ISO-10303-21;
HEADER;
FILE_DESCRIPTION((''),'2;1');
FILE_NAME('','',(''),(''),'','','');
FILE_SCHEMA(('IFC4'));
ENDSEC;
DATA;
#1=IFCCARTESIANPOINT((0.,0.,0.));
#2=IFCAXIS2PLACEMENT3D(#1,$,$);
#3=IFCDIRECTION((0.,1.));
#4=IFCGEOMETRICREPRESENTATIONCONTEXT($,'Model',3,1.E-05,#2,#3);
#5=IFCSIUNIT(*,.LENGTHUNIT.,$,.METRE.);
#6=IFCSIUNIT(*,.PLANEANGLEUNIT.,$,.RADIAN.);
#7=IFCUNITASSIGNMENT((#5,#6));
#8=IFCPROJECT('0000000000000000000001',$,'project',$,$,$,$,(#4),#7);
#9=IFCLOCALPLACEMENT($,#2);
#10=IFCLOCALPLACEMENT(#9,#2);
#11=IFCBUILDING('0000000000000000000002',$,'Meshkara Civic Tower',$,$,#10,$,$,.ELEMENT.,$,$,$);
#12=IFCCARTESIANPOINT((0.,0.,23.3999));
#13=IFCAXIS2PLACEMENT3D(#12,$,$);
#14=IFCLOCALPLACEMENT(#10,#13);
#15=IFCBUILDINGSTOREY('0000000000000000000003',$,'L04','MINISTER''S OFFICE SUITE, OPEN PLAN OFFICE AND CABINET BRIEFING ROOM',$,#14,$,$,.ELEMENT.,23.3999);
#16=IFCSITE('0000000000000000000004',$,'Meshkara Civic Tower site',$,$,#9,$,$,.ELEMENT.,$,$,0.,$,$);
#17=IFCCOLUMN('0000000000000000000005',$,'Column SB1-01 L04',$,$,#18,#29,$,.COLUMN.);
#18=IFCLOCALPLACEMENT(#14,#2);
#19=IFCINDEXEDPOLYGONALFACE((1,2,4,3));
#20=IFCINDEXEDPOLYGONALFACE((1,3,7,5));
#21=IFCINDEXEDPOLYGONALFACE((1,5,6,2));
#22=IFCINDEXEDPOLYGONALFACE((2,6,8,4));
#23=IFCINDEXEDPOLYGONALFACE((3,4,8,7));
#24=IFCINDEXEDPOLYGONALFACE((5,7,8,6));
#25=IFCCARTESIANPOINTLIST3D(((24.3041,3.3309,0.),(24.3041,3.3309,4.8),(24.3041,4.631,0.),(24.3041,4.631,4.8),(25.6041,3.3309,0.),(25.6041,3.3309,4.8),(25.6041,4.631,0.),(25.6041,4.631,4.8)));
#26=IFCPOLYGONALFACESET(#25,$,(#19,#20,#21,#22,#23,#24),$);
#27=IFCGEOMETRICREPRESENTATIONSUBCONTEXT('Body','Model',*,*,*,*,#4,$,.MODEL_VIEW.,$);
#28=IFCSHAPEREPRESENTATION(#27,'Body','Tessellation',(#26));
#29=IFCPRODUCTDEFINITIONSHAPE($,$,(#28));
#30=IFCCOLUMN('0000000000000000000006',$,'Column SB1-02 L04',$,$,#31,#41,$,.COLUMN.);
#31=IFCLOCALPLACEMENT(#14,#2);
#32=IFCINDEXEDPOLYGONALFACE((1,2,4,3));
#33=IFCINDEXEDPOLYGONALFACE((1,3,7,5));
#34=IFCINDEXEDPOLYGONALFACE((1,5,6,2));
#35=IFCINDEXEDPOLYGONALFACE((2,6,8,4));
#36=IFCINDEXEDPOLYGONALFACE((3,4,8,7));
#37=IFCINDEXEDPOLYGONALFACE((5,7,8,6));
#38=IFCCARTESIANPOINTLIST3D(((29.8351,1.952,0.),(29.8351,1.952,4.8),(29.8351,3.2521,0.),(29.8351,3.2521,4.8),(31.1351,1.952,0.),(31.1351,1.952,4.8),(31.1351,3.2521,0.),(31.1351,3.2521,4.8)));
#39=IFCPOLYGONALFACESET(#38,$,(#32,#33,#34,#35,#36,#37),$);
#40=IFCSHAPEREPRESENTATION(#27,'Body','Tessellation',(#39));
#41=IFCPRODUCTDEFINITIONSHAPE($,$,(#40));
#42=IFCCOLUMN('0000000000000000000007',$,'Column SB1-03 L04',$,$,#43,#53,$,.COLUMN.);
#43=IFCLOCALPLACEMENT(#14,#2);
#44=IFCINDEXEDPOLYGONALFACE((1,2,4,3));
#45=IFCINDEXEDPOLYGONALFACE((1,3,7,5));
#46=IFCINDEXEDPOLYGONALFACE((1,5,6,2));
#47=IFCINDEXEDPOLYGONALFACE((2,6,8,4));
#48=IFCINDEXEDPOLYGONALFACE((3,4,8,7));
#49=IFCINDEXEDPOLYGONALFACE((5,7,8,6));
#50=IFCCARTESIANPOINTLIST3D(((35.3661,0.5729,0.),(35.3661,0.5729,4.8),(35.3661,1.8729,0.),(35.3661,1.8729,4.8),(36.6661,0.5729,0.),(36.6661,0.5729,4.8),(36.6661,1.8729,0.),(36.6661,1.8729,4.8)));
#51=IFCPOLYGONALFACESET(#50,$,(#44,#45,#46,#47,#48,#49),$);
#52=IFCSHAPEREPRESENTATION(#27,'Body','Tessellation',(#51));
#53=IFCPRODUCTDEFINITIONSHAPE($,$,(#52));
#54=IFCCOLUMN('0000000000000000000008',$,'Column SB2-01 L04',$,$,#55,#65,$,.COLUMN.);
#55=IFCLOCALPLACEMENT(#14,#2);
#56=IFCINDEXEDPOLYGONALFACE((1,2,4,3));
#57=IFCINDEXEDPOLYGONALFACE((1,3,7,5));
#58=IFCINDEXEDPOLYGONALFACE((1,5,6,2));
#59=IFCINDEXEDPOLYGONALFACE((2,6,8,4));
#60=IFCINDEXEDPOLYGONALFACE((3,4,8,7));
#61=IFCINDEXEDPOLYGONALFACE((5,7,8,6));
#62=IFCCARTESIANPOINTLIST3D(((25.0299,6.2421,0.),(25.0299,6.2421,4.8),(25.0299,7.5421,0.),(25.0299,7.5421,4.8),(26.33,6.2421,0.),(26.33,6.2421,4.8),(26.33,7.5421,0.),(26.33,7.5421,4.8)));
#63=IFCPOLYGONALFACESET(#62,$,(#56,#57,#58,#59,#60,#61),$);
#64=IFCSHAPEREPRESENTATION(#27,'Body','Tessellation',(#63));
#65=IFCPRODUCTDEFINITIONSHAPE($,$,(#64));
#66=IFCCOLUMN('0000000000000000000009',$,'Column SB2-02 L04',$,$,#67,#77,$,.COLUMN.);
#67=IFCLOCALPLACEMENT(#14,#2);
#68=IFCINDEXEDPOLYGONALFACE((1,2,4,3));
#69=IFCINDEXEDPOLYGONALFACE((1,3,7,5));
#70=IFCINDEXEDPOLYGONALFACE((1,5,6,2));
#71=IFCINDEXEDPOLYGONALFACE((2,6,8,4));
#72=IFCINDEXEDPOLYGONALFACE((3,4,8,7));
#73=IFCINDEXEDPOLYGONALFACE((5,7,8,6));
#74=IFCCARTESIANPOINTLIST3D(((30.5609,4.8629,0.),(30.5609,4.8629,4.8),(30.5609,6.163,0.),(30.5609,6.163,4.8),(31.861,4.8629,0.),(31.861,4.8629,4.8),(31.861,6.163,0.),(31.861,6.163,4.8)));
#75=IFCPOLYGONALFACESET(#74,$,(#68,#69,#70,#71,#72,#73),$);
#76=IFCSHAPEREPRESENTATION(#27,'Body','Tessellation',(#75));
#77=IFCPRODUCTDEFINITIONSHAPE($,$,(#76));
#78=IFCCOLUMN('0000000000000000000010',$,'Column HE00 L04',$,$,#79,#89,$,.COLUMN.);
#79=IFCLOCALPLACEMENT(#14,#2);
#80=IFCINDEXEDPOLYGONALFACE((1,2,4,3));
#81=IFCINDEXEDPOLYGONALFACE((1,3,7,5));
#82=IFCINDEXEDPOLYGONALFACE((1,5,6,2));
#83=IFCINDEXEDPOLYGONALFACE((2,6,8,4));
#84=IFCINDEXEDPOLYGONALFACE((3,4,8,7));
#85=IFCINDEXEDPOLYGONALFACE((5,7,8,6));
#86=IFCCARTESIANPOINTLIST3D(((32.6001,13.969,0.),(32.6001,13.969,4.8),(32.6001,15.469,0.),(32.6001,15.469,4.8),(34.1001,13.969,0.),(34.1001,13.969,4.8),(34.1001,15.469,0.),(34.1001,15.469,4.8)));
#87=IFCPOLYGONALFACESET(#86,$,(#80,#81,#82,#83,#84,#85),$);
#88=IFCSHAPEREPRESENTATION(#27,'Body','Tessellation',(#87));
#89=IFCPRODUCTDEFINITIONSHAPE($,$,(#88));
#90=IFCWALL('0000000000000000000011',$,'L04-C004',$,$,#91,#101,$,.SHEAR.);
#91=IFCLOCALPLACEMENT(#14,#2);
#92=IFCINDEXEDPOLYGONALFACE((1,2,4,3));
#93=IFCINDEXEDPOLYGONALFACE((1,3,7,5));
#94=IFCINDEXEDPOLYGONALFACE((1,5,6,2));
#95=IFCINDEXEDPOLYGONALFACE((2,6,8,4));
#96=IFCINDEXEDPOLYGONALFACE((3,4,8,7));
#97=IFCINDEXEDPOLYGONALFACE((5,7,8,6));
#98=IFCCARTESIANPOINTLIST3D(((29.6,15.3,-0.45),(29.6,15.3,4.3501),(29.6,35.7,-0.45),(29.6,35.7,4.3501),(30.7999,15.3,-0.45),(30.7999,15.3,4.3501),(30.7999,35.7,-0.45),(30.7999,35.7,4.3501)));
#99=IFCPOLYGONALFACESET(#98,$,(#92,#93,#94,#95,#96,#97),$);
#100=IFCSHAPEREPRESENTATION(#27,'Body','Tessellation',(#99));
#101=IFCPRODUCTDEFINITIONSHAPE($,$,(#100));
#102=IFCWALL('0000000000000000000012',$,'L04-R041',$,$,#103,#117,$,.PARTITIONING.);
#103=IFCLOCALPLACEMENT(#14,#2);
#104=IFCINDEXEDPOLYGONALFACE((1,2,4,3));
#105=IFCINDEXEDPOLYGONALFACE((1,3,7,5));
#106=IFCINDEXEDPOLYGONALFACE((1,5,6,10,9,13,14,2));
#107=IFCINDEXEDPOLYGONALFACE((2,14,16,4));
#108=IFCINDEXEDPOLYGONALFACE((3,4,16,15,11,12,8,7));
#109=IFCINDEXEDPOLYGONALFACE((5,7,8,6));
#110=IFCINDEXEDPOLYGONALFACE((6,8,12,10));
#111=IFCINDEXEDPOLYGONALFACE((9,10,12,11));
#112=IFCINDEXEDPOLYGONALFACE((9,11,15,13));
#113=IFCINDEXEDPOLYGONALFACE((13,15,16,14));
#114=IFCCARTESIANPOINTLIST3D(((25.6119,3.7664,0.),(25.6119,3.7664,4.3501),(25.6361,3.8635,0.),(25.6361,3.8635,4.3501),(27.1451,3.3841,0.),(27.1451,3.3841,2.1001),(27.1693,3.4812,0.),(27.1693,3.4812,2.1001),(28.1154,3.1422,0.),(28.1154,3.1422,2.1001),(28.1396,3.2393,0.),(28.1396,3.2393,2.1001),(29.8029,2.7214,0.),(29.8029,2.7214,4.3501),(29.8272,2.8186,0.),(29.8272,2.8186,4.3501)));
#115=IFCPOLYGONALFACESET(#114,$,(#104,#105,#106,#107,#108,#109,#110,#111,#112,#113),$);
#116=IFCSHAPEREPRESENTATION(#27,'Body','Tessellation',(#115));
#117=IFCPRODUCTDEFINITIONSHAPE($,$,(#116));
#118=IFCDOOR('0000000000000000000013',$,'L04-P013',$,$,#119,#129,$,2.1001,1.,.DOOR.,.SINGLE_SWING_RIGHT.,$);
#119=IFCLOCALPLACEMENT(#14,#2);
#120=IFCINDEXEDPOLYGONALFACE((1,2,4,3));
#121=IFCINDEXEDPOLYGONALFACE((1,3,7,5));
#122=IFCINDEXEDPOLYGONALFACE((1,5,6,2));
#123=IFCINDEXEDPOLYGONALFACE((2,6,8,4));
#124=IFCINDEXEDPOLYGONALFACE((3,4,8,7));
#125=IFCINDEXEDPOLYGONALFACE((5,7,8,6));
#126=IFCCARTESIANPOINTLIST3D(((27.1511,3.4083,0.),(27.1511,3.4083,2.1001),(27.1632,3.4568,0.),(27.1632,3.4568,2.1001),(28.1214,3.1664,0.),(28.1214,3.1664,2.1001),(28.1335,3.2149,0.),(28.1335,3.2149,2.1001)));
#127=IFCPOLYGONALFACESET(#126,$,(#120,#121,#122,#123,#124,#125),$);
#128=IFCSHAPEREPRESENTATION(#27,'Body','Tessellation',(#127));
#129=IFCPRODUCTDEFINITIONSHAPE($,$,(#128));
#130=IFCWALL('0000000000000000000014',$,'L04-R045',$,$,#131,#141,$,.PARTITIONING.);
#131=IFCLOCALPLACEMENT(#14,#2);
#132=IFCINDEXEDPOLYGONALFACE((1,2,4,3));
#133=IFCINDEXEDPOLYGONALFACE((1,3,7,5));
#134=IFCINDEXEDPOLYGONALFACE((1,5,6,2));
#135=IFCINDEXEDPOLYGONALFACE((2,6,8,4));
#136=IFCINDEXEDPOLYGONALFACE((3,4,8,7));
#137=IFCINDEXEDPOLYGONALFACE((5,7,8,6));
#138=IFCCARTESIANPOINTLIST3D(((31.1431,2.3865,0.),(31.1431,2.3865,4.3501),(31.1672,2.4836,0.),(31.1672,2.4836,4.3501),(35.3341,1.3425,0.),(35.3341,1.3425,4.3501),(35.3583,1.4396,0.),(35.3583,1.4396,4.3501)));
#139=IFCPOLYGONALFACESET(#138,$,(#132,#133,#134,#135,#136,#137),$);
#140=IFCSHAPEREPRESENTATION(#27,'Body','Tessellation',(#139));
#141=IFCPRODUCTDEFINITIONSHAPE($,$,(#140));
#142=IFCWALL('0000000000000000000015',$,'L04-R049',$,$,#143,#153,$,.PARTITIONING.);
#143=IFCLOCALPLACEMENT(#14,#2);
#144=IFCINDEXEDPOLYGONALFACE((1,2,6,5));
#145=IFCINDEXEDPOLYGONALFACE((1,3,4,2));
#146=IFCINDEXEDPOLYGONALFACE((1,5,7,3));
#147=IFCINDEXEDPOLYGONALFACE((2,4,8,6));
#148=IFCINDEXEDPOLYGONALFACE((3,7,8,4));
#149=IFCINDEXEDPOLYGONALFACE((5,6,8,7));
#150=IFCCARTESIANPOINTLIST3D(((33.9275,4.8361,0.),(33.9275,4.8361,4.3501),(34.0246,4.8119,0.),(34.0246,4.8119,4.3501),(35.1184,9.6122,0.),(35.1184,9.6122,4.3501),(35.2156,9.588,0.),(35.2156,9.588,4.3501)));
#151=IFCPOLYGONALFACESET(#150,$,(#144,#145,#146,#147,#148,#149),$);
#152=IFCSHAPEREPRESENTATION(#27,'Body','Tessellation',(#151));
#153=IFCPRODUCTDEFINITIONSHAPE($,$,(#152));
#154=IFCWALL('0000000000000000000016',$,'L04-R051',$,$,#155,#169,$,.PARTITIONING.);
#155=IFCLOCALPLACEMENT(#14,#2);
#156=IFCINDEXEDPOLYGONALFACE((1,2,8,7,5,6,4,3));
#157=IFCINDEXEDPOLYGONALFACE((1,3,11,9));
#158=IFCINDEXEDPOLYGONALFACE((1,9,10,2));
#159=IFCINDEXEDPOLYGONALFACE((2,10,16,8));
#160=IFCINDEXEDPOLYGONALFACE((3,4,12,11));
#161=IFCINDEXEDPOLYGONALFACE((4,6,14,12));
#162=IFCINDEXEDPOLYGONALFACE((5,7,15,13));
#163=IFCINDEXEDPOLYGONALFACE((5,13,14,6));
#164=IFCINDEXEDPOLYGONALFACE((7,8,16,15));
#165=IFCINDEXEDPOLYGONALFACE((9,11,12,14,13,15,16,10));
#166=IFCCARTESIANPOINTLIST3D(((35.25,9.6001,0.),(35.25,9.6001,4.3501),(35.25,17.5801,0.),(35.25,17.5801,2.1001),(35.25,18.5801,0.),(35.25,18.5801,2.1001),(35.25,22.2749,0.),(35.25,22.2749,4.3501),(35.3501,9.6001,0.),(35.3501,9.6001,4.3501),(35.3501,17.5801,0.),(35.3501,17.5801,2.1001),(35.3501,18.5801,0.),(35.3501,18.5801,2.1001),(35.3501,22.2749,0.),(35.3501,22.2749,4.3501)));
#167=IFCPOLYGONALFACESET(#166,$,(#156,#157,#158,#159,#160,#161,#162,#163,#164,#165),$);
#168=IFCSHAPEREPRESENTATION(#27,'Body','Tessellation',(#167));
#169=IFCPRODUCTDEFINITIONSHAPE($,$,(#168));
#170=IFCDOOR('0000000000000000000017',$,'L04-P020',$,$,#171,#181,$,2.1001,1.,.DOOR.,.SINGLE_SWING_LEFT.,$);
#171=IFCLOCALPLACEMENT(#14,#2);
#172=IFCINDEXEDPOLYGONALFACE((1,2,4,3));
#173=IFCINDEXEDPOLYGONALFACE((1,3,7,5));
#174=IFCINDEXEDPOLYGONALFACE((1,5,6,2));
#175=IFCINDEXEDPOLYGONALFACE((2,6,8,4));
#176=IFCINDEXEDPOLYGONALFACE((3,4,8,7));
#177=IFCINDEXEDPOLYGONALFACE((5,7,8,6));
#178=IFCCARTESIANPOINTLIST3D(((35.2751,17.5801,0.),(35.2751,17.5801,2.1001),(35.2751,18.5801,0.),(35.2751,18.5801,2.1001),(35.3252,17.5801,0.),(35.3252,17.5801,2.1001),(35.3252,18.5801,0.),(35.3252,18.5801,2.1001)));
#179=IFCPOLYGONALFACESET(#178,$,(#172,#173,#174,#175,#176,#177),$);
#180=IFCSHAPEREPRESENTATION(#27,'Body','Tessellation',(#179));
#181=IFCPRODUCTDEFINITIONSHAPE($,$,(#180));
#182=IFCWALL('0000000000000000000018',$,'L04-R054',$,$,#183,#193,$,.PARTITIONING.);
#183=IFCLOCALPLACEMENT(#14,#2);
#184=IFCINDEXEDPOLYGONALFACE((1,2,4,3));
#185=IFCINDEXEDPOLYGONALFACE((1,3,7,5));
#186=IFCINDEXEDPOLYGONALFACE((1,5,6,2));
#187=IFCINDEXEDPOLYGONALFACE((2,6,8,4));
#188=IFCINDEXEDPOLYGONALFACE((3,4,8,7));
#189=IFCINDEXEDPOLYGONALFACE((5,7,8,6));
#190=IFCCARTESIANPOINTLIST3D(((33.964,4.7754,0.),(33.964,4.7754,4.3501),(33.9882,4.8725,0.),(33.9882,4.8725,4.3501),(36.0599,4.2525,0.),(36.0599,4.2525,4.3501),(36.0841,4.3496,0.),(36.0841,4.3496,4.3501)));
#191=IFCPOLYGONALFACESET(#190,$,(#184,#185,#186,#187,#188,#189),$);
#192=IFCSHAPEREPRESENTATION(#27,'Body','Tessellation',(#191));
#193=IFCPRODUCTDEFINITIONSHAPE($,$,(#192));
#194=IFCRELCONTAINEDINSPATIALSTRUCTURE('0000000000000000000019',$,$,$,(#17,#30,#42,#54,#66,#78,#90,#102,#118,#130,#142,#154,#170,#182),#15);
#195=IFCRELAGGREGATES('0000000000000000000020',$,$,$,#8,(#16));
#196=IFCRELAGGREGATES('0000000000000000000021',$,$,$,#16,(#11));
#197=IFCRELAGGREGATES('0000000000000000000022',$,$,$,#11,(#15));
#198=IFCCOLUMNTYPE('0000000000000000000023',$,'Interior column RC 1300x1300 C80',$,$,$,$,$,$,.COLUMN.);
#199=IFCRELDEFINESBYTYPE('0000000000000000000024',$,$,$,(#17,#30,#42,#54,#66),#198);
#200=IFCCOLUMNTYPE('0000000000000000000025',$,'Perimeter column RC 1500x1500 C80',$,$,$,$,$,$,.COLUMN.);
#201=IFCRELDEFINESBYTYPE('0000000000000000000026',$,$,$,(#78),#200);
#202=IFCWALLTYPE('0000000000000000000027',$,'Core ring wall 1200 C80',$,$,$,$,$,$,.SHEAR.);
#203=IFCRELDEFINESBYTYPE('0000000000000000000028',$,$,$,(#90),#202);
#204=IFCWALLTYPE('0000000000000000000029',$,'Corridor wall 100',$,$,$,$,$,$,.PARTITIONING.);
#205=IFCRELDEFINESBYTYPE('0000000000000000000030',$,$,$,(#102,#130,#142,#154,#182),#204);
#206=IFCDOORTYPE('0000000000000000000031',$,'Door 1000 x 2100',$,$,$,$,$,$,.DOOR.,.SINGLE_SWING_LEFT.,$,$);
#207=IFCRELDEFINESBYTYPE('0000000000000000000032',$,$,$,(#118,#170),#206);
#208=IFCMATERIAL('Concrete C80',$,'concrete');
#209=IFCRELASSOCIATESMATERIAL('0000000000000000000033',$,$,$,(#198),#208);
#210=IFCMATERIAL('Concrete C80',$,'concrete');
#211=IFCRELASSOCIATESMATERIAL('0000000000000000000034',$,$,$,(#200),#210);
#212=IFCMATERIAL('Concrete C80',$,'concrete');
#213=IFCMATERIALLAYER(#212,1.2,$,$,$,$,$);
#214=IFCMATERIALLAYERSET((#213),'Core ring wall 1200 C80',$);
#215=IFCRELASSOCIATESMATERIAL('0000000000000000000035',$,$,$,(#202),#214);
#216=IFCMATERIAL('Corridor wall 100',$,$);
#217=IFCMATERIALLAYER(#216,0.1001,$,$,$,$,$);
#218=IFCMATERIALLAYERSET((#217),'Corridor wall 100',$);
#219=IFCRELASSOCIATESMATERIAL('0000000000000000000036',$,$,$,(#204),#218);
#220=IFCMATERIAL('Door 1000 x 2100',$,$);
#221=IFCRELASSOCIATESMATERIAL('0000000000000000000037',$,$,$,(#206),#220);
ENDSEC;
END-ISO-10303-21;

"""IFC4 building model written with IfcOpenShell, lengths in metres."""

from ifc_helpers import new_model, si_unit, direction, frame, frame_2d, origin, origin_2d, place, context, subcontext, project, spatial, rectangle, extrude, material, layer, layer_set, material_profile, profile_set, type_object, element, fill, save


model = new_model("IFC4")

# Units and contexts
model_context = context("Model", 3, precision=1e-05, world=origin(), true_north=direction((0.0, 1.0)))
body_context = subcontext(model_context, "Body", "Model", "MODEL_VIEW")
ifc_project = project(units=[si_unit("LENGTHUNIT", "METRE"), si_unit("PLANEANGLEUNIT", "RADIAN")], contexts=[model_context])

# Site, building, storey
site_placement = place(None, origin())
site = spatial("IfcSite", under=ifc_project, at=site_placement, Name="Meshkara Civic Tower site", CompositionType="ELEMENT", RefElevation=0.0)
building_placement = place(site_placement, origin())
building = spatial("IfcBuilding", under=site, at=building_placement, Name="Meshkara Civic Tower", CompositionType="ELEMENT")
storey_placement = place(building_placement, frame((0.0, 0.0, 23.3999)))
storey = spatial("IfcBuildingStorey", under=building, at=storey_placement, Name="L04", Description="MINISTER'S OFFICE SUITE, OPEN PLAN OFFICE AND CABINET BRIEFING ROOM", CompositionType="ELEMENT", Elevation=23.3999)

# Columns
ifc_material_1 = material(Name="Concrete C80", Category="concrete")
ifc_material_profile_1 = material_profile(ifc_material_1, rectangle(XDim=1.3, YDim=1.3, at=origin_2d()))
ifc_profile_set_1 = profile_set([ifc_material_profile_1], Name="Concrete C80")
column_type_1 = type_object("IfcColumnType", Name="Interior column RC 1300x1300 C80", PredefinedType="COLUMN", material=ifc_profile_set_1)
for number, where, z_axis, x_axis, name in (
    (1, (24.9541, 3.981, 0.0), (0.0, 0.0, 1.0), (1.0, 0.0, 0.0), "Column SB1-01 L04"),
    (2, (30.4851, 2.6021, 0.0), (0.0, 0.0, 1.0), (1.0, 0.0, 0.0), "Column SB1-02 L04"),
    (3, (36.0161, 1.2229, 0.0), (0.0, 0.0, 1.0), (1.0, 0.0, 0.0), "Column SB1-03 L04"),
    (4, (25.6799, 6.8921, 0.0), (0.0, 0.0, 1.0), (1.0, 0.0, 0.0), "Column SB2-01 L04"),
    (5, (31.2109, 5.5129, 0.0), (0.0, 0.0, 1.0), (1.0, 0.0, 0.0), "Column SB2-02 L04"),
):
    element("IfcColumn", number, at=place(storey_placement, frame(where, z_axis=z_axis, x_axis=x_axis)), inside=storey, type_object=column_type_1, Name=name, PredefinedType="COLUMN", context=body_context, shape_type="SweptSolid", body=[
        extrude(rectangle(XDim=1.3, YDim=1.3, at=origin_2d()), origin(), (0.0, 0.0, 1.0), 4.8),
    ])
ifc_material_2 = material(Name="Concrete C80", Category="concrete")
ifc_material_profile_2 = material_profile(ifc_material_2, rectangle(XDim=1.5, YDim=1.5, at=origin_2d()))
ifc_profile_set_2 = profile_set([ifc_material_profile_2], Name="Concrete C80")
column_type_2 = type_object("IfcColumnType", Name="Perimeter column RC 1500x1500 C80", PredefinedType="COLUMN", material=ifc_profile_set_2)
column_placement = place(storey_placement, frame((33.3501, 14.719, 0.0), z_axis=(0.0, 0.0, 1.0), x_axis=(1.0, 0.0, 0.0)))
element("IfcColumn", 6, at=column_placement, inside=storey, type_object=column_type_2, Name="Column HE00 L04", PredefinedType="COLUMN", context=body_context, shape_type="SweptSolid", body=[
    extrude(rectangle(XDim=1.5, YDim=1.5, at=origin_2d()), origin(), (0.0, 0.0, 1.0), 4.8),
])

# Wall
ifc_material_3 = material(Name="Concrete C80", Category="concrete")
ifc_layer_1 = layer(ifc_material_3, 1.2)
ifc_layer_set_1 = layer_set([ifc_layer_1], Name="Core ring wall 1200 C80")
wall_type_1 = type_object("IfcWallType", Name="Core ring wall 1200 C80", PredefinedType="SHEAR", material=ifc_layer_set_1)
wall_1_placement = place(storey_placement, frame((30.2, 15.3, -0.45), z_axis=(0.0, 0.0, 1.0), x_axis=(0.0, 1.0, 0.0)))
element("IfcWall", 7, at=wall_1_placement, inside=storey, type_object=wall_type_1, Name="L04-C004", PredefinedType="SHEAR", context=body_context, shape_type="SweptSolid", body=[
    extrude(rectangle(XDim=20.3999, YDim=1.2, at=frame_2d((10.2, 0.0))), origin(), (0.0, 0.0, 1.0), 4.8),
])

# Wall, opening, door
ifc_material_4 = material(Name="Corridor wall 100")
ifc_layer_2 = layer(ifc_material_4, 0.1001)
ifc_layer_set_2 = layer_set([ifc_layer_2], Name="Corridor wall 100")
wall_type_2 = type_object("IfcWallType", Name="Corridor wall 100", PredefinedType="PARTITIONING", material=ifc_layer_set_2)
wall_2_placement = place(storey_placement, frame((25.624, 3.8149, 0.0), z_axis=(0.0, 0.0, 1.0), x_axis=(0.970295, -0.241924, 0.0)))
wall_2 = element("IfcWall", 8, at=wall_2_placement, inside=storey, type_object=wall_type_2, Name="L04-R041", PredefinedType="PARTITIONING", context=body_context, shape_type="SweptSolid", body=[
    extrude(rectangle(XDim=4.3193, YDim=0.1001, at=frame_2d((2.1597, 0.0))), origin(), (0.0, 0.0, 1.0), 4.3501),
])
opening_1_placement = place(wall_2_placement, frame((1.5801, 0.0, 0.0)))
opening_1 = element("IfcOpeningElement", 9, at=opening_1_placement, cuts=wall_2, PredefinedType="OPENING", context=body_context, shape_type="SweptSolid", body=[
    extrude(rectangle(XDim=1.0, YDim=2.1001, at=frame_2d((0.5, 1.05))), frame((0.0, 0.0601, 0.0), z_axis=(0.0, -1.0, 0.0), x_axis=(1.0, 0.0, 0.0)), (0.0, 0.0, 1.0), 0.1201),
])
ifc_material_5 = material(Name="Door 1000 x 2100")
door_type = type_object("IfcDoorType", Name="Door 1000 x 2100", OperationType="SINGLE_SWING_LEFT", PredefinedType="DOOR", material=ifc_material_5)
door_1_placement = place(opening_1_placement, origin())
door_1 = element("IfcDoor", 10, at=door_1_placement, inside=storey, type_object=door_type, Name="L04-P013", OperationType="SINGLE_SWING_RIGHT", OverallHeight=2.1001, OverallWidth=1.0, PredefinedType="DOOR", context=body_context, shape_type="SweptSolid", body=[
    extrude(rectangle(XDim=1.0, YDim=2.1001, at=frame_2d((0.5, 1.05))), frame((0.0, 0.0249, 0.0), z_axis=(0.0, -1.0, 0.0), x_axis=(1.0, 0.0, 0.0)), (0.0, 0.0, 1.0), 0.05),
])
fill(opening_1, door_1)

# Walls
wall_3_placement = place(storey_placement, frame((31.155, 2.4351, 0.0), z_axis=(0.0, 0.0, 1.0), x_axis=(0.970348, -0.241711, 0.0)))
element("IfcWall", 11, at=wall_3_placement, inside=storey, type_object=wall_type_2, Name="L04-R045", PredefinedType="PARTITIONING", context=body_context, shape_type="SweptSolid", body=[
    extrude(rectangle(XDim=4.3191, YDim=0.1001, at=frame_2d((2.1597, 0.0))), origin(), (0.0, 0.0, 1.0), 4.3501),
])
wall_4_placement = place(storey_placement, frame((33.9761, 4.824, 0.0), z_axis=(0.0, 0.0, 1.0), x_axis=(0.24194, 0.970291, 0.0)))
element("IfcWall", 12, at=wall_4_placement, inside=storey, type_object=wall_type_2, Name="L04-R049", PredefinedType="PARTITIONING", context=body_context, shape_type="SweptSolid", body=[
    extrude(rectangle(XDim=4.9224, YDim=0.1001, at=frame_2d((2.4612, 0.0))), origin(), (0.0, 0.0, 1.0), 4.3501),
])

# Wall, opening, door
wall_5_placement = place(storey_placement, frame((35.3, 9.6001, 0.0), z_axis=(0.0, 0.0, 1.0), x_axis=(0.0, 1.0, 0.0)))
wall_5 = element("IfcWall", 13, at=wall_5_placement, inside=storey, type_object=wall_type_2, Name="L04-R051", PredefinedType="PARTITIONING", context=body_context, shape_type="SweptSolid", body=[
    extrude(rectangle(XDim=12.6748, YDim=0.1001, at=frame_2d((6.3374, 0.0))), origin(), (0.0, 0.0, 1.0), 4.3501),
])
opening_2_placement = place(wall_5_placement, frame((7.98, 0.0, 0.0)))
opening_2 = element("IfcOpeningElement", 14, at=opening_2_placement, cuts=wall_5, PredefinedType="OPENING", context=body_context, shape_type="SweptSolid", body=[
    extrude(rectangle(XDim=1.0, YDim=2.1001, at=frame_2d((0.5, 1.05))), frame((0.0, 0.0601, 0.0), z_axis=(0.0, -1.0, 0.0), x_axis=(1.0, 0.0, 0.0)), (0.0, 0.0, 1.0), 0.1201),
])
door_2_placement = place(opening_2_placement, origin())
door_2 = element("IfcDoor", 15, at=door_2_placement, inside=storey, type_object=door_type, Name="L04-P020", OperationType="SINGLE_SWING_LEFT", OverallHeight=2.1001, OverallWidth=1.0, PredefinedType="DOOR", context=body_context, shape_type="SweptSolid", body=[
    extrude(rectangle(XDim=1.0, YDim=2.1001, at=frame_2d((0.5, 1.05))), frame((0.0, 0.0249, 0.0), z_axis=(0.0, -1.0, 0.0), x_axis=(1.0, 0.0, 0.0)), (0.0, 0.0, 1.0), 0.05),
])
fill(opening_2, door_2)

# Wall
wall_6_placement = place(storey_placement, frame((36.072, 4.301, 0.0), z_axis=(0.0, 0.0, 1.0), x_axis=(-0.970255, 0.242084, 0.0)))
element("IfcWall", 16, at=wall_6_placement, inside=storey, type_object=wall_type_2, Name="L04-R054", PredefinedType="PARTITIONING", context=body_context, shape_type="SweptSolid", body=[
    extrude(rectangle(XDim=2.1602, YDim=0.1001, at=frame_2d((1.0801, 0.0))), origin(), (0.0, 0.0, 1.0), 4.3501),
])

save(model, "model.ifc")
